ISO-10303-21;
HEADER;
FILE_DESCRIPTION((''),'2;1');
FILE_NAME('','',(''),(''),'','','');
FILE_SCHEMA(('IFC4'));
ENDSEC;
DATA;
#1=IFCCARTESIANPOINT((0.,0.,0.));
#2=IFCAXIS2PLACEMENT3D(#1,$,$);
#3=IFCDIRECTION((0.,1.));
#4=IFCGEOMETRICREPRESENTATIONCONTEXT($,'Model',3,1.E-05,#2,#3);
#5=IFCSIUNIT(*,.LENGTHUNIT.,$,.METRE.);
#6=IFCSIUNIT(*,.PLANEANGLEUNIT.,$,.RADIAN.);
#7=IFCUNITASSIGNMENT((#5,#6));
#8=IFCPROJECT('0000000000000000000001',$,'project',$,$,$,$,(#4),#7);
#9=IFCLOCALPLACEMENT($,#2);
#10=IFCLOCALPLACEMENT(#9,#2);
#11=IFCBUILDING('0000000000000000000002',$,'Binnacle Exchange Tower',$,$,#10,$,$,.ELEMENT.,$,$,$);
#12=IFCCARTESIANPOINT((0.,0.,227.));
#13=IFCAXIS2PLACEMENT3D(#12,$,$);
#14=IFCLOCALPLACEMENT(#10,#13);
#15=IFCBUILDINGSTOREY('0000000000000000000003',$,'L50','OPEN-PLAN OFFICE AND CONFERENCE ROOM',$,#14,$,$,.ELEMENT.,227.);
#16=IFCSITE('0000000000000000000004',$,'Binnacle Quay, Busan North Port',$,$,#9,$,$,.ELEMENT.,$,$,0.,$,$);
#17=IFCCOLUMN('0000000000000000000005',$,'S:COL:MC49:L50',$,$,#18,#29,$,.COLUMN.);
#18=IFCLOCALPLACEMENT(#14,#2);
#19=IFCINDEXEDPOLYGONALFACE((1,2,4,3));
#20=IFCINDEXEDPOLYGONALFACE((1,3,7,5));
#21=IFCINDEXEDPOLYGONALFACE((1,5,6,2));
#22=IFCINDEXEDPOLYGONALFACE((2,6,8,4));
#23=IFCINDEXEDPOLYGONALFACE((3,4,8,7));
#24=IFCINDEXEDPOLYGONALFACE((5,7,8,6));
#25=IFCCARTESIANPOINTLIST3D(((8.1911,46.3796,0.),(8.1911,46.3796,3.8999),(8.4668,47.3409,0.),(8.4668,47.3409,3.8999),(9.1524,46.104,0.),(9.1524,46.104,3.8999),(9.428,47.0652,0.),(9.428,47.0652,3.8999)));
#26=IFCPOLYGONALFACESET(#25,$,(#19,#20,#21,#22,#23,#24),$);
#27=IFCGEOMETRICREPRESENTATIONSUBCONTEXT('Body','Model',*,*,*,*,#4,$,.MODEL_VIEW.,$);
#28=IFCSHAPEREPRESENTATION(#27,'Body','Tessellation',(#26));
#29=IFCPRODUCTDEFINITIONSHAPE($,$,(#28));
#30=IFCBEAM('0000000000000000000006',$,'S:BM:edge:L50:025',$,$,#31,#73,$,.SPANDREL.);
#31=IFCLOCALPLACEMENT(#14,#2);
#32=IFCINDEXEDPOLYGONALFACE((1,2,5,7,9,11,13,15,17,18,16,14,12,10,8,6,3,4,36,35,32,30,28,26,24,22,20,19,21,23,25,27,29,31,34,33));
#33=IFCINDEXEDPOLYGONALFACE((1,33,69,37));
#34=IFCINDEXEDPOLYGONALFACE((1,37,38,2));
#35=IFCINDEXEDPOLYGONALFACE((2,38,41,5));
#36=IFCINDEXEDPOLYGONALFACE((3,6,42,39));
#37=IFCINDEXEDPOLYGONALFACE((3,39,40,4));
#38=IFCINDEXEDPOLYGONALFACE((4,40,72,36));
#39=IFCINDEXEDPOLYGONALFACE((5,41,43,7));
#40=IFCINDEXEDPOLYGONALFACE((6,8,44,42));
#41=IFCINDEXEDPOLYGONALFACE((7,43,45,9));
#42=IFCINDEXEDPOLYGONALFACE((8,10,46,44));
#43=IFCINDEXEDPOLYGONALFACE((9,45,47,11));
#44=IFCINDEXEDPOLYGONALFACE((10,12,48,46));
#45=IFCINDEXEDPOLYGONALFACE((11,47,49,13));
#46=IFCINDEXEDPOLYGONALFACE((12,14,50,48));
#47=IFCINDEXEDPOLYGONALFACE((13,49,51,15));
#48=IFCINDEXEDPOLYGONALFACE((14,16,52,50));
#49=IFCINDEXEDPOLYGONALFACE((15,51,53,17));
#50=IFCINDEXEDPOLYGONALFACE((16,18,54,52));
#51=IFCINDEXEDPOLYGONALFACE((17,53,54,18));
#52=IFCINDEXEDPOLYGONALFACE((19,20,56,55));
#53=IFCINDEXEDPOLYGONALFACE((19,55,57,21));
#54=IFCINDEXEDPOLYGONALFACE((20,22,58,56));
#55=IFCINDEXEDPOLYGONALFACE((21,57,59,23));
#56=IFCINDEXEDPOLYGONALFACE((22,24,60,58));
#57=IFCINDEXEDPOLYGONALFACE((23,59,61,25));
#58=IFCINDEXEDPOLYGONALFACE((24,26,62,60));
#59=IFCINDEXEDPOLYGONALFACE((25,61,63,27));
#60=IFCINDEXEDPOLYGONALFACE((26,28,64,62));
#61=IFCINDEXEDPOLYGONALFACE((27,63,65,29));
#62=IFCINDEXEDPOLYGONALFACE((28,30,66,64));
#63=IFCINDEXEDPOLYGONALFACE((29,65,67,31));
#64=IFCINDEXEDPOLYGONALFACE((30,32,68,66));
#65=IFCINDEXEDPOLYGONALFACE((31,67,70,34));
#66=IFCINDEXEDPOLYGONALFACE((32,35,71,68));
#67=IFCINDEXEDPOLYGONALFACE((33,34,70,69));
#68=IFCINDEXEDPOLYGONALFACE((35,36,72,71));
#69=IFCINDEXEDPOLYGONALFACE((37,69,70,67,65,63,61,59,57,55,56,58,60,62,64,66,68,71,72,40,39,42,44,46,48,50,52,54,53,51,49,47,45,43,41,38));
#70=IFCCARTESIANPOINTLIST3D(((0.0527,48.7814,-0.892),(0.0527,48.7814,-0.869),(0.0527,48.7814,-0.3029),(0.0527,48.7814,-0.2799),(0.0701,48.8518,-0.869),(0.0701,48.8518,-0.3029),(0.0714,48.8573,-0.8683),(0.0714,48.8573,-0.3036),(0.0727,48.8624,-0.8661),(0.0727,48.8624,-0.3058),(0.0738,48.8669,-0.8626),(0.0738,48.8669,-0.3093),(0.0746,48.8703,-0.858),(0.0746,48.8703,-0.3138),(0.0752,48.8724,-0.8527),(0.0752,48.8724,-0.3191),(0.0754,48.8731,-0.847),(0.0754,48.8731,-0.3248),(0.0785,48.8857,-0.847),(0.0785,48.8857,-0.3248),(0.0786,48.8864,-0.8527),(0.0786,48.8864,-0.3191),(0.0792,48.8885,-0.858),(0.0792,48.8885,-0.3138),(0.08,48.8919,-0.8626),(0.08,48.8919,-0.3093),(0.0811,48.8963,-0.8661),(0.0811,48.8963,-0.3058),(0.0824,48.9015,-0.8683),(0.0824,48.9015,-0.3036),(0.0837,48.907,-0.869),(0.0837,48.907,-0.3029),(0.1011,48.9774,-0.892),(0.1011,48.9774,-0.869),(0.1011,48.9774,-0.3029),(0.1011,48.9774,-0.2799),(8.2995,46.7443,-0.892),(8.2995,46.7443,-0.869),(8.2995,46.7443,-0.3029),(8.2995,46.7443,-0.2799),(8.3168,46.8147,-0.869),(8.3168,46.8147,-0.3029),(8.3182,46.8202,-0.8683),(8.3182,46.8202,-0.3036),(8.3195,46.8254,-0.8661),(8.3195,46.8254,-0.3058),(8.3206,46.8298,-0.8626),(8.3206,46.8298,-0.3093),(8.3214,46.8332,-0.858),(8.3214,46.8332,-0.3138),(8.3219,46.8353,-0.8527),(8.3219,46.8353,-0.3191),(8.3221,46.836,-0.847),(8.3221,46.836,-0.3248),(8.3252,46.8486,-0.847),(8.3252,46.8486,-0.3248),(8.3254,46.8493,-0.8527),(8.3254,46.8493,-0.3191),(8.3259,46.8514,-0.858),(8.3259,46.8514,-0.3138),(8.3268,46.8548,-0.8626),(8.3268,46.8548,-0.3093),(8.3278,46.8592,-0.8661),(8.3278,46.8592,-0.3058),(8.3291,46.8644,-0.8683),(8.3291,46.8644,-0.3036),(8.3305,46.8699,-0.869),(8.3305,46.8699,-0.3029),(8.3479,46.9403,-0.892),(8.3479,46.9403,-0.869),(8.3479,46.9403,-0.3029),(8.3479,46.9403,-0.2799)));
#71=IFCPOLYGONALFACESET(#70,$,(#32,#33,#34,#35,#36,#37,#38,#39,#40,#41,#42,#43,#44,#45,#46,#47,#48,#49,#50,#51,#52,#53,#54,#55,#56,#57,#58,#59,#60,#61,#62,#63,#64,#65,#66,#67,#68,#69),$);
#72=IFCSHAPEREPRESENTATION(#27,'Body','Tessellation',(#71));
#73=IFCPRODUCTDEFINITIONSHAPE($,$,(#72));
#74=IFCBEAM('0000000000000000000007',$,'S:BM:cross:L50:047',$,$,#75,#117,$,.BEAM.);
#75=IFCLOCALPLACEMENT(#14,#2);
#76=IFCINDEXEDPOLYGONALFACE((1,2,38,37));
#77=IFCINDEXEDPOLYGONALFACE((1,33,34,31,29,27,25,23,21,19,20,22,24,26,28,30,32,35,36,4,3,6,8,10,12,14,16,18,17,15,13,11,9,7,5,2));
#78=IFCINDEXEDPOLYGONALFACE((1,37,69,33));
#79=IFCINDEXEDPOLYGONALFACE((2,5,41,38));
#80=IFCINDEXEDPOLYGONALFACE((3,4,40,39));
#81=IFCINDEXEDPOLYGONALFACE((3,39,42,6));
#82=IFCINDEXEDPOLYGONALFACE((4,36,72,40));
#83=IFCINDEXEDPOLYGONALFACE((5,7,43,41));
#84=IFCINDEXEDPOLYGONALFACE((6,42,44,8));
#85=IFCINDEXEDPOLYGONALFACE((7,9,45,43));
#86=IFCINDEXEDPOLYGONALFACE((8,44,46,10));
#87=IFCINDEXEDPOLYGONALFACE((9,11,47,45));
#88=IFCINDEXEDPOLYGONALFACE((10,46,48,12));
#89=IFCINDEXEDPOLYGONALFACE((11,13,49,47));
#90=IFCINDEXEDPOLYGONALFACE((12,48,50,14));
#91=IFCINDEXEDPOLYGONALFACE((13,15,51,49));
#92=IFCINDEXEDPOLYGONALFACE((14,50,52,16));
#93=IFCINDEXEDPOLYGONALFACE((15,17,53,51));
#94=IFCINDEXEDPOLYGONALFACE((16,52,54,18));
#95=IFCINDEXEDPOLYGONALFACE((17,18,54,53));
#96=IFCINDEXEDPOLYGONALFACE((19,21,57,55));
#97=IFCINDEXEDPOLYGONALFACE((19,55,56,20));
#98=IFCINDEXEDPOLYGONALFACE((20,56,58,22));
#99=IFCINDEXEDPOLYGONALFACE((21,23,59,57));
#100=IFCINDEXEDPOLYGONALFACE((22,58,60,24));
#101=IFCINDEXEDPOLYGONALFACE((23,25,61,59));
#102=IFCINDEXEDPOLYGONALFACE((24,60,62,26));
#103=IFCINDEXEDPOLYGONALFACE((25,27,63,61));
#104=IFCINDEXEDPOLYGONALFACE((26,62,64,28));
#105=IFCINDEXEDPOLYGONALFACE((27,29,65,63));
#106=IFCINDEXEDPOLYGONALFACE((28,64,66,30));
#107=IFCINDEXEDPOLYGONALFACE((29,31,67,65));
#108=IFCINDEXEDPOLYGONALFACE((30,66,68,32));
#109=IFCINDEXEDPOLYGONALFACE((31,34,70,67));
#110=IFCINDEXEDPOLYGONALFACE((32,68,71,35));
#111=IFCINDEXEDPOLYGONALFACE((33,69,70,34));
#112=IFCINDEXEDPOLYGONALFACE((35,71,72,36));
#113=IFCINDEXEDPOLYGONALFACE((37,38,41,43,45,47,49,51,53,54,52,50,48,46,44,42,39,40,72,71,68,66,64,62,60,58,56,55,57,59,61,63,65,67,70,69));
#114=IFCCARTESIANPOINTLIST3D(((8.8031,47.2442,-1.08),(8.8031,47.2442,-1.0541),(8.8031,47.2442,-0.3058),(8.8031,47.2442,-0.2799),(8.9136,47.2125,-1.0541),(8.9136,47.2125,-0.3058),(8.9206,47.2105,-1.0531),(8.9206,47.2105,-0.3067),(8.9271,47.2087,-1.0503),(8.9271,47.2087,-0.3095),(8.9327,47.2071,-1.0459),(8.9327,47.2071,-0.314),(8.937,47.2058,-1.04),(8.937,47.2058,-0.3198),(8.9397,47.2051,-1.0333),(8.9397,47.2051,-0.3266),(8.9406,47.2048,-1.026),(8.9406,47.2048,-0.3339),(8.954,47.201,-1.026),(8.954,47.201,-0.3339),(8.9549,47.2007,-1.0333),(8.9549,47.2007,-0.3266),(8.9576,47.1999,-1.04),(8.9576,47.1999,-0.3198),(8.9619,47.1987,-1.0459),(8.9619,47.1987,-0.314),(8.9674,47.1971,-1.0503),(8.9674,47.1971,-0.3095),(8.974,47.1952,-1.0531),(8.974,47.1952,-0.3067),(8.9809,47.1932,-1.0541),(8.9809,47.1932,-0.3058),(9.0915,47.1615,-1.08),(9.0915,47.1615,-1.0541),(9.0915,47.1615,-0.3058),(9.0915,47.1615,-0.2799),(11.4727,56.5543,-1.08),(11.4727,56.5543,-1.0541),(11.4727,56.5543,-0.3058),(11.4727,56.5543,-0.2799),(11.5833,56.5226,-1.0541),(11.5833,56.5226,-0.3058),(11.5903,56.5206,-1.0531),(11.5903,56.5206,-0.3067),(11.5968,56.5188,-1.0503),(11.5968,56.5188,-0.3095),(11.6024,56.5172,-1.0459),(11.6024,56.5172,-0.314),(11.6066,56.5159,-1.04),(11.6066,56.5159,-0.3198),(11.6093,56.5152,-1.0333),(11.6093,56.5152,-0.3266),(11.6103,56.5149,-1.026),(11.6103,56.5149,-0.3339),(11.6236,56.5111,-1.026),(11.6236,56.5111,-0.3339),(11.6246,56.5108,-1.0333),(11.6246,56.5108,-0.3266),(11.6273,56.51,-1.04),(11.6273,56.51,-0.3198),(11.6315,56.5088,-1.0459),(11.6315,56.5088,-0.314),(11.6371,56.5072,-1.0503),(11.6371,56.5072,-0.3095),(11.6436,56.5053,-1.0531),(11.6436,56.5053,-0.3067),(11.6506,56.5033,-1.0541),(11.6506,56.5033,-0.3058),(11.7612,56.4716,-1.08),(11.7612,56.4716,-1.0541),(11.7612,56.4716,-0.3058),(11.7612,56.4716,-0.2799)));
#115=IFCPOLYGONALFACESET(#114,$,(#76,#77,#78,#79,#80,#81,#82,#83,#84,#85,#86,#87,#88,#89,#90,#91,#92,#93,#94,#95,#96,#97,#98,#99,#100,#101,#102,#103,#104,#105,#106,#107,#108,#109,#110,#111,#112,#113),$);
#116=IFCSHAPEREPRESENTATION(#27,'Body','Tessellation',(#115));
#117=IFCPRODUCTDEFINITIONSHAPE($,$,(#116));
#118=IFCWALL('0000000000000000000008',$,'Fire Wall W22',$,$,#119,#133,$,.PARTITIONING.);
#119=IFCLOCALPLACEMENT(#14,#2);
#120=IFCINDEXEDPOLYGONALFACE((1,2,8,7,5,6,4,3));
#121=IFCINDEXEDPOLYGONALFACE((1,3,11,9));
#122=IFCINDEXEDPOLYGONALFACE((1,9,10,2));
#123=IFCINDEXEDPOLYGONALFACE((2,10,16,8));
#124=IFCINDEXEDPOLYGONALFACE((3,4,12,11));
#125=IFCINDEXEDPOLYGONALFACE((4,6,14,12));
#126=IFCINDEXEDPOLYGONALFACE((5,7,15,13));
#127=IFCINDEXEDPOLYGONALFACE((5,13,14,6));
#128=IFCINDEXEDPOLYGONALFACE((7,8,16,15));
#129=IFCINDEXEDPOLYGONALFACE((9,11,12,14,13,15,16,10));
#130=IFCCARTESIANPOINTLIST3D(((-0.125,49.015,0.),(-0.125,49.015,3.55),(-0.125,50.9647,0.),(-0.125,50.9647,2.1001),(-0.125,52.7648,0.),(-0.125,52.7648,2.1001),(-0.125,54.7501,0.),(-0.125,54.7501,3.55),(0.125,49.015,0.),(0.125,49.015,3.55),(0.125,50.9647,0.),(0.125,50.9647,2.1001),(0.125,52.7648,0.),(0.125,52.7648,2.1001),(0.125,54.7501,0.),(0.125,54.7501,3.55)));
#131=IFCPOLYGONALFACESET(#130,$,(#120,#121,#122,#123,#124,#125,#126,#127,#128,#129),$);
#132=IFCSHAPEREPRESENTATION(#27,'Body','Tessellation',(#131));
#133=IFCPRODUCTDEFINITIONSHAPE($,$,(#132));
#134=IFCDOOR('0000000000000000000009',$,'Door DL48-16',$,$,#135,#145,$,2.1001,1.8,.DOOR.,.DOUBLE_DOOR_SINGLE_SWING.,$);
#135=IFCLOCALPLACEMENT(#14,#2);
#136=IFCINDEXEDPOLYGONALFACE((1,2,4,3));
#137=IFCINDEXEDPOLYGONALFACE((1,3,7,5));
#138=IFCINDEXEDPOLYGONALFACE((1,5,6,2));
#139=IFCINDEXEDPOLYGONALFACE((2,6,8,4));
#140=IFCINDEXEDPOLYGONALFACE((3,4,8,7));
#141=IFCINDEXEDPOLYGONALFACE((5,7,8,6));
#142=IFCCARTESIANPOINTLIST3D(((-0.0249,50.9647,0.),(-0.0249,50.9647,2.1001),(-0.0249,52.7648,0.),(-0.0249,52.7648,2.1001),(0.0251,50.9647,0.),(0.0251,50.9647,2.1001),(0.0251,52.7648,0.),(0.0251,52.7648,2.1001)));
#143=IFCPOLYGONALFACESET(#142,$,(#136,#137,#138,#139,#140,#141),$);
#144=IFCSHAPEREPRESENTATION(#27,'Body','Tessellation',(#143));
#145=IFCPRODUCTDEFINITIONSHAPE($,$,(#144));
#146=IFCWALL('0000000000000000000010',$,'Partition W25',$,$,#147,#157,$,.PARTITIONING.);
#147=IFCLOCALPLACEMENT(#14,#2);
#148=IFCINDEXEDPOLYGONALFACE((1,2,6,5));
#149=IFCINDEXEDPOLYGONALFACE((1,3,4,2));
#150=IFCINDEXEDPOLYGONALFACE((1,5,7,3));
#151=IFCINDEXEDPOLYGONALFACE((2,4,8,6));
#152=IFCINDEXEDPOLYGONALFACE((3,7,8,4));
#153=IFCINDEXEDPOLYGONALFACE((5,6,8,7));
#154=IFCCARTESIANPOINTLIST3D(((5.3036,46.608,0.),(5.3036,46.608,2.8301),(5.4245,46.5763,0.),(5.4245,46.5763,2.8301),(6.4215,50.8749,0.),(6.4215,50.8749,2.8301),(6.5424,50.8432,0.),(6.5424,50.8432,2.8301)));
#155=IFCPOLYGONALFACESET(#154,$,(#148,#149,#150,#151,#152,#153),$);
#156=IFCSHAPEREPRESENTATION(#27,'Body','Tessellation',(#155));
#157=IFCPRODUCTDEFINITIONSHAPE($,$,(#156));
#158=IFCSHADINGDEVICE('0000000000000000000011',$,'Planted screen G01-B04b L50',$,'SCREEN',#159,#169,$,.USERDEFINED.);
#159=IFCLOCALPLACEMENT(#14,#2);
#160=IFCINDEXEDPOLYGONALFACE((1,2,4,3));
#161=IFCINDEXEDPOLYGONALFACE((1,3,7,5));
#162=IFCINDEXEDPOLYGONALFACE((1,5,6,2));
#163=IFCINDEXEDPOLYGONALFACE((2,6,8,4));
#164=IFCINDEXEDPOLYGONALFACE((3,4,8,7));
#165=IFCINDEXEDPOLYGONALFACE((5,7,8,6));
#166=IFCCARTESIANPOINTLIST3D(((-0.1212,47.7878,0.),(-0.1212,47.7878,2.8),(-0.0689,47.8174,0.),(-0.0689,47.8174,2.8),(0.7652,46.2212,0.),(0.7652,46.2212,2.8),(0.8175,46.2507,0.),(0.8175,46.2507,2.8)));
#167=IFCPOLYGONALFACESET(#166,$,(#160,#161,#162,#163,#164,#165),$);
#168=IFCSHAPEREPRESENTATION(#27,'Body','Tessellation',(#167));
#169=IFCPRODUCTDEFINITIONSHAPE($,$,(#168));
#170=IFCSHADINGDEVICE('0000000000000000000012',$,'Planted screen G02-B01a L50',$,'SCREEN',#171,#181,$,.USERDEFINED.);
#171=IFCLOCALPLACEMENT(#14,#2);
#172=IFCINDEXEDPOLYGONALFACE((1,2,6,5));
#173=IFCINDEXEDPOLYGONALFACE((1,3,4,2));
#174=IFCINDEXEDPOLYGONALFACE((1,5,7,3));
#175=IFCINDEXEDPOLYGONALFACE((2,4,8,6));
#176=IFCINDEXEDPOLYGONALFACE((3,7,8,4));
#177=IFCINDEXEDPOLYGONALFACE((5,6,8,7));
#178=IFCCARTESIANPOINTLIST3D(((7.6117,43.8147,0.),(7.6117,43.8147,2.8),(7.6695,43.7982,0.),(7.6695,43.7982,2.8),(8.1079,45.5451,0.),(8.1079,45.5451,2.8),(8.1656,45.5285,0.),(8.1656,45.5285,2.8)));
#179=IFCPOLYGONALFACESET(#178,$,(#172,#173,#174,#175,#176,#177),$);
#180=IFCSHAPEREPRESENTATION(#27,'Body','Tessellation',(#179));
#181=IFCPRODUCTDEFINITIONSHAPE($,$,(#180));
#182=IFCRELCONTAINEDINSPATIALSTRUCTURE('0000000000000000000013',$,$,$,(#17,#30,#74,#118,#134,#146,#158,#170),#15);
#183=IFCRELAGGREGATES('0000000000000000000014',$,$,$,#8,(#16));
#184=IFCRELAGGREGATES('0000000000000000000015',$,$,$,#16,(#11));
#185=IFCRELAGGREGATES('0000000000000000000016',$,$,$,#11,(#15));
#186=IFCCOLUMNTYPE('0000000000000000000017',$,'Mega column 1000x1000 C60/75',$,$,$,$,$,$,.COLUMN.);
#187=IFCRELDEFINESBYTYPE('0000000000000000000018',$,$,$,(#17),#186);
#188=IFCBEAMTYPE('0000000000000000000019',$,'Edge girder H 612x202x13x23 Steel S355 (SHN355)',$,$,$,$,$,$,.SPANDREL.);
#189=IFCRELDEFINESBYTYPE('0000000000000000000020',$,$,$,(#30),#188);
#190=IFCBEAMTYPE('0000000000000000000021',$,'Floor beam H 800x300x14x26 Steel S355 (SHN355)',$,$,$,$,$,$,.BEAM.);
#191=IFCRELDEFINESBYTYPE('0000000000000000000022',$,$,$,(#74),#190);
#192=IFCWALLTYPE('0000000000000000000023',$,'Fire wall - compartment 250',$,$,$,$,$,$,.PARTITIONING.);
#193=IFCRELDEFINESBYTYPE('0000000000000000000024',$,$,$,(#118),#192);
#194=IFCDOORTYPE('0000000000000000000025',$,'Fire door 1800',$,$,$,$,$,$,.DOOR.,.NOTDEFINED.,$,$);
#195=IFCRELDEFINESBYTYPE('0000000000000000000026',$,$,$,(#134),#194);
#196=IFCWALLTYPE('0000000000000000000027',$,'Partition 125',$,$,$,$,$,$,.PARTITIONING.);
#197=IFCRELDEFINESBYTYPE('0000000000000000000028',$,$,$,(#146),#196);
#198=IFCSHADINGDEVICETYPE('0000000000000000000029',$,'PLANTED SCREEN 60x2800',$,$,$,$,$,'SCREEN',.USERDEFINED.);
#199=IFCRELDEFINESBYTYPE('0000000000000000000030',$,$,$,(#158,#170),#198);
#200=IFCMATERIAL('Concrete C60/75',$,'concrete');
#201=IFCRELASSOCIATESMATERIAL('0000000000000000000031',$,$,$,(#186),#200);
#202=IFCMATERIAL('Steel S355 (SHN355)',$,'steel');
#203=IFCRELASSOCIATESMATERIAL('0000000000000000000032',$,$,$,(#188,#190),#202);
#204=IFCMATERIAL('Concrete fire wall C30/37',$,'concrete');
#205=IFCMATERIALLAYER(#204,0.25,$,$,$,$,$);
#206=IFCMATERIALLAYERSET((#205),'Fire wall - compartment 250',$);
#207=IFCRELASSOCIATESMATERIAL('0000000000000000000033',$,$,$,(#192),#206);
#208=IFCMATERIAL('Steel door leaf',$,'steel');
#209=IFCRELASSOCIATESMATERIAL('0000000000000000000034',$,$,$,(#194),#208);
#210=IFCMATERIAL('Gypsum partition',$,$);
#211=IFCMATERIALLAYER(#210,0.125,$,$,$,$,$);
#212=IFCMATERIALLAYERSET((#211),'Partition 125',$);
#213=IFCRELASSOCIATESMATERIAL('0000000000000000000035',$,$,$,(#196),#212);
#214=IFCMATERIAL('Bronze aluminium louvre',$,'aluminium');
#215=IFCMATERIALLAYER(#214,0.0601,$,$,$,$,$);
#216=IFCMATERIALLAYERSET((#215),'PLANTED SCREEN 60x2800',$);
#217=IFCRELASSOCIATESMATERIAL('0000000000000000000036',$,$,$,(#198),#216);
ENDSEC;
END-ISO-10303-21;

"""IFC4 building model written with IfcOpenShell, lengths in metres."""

from ifc_helpers import new_model, si_unit, direction, frame, frame_2d, origin, origin_2d, place, context, subcontext, project, spatial, rectangle, i_section, extrude, material, layer, layer_set, material_profile, profile_set, type_object, element, fill, save


model = new_model("IFC4")

# Units and contexts
model_context = context("Model", 3, precision=1e-05, world=origin(), true_north=direction((0.0, 1.0)))
body_context = subcontext(model_context, "Body", "Model", "MODEL_VIEW")
ifc_project = project(units=[si_unit("LENGTHUNIT", "METRE"), si_unit("PLANEANGLEUNIT", "RADIAN")], contexts=[model_context])

# Site, building, storey
site_placement = place(None, origin())
site = spatial("IfcSite", under=ifc_project, at=site_placement, Name="Binnacle Quay, Busan North Port", CompositionType="ELEMENT", RefElevation=0.0)
building_placement = place(site_placement, origin())
building = spatial("IfcBuilding", under=site, at=building_placement, Name="Binnacle Exchange Tower", CompositionType="ELEMENT")
storey_placement = place(building_placement, frame((0.0, 0.0, 227.0)))
storey = spatial("IfcBuildingStorey", under=building, at=storey_placement, Name="L50", Description="OPEN-PLAN OFFICE AND CONFERENCE ROOM", CompositionType="ELEMENT", Elevation=227.0)

# Column
ifc_material_1 = material(Name="Concrete C60/75", Category="concrete")
ifc_material_profile_1 = material_profile(ifc_material_1, rectangle(XDim=1.0, YDim=1.0, at=origin_2d()), Name="Mega column 1000x1000 C60/75")
ifc_profile_set_1 = profile_set([ifc_material_profile_1], Name="Concrete C60/75")
column_type = type_object("IfcColumnType", Name="Mega column 1000x1000 C60/75", PredefinedType="COLUMN", material=ifc_profile_set_1)
column_placement = place(storey_placement, frame((8.8096, 46.7224, 0.0), z_axis=(0.0, 0.0, 1.0), x_axis=(0.961262, -0.275637, 0.0)))
element("IfcColumn", 1, at=column_placement, inside=storey, type_object=column_type, Name="S:COL:MC49:L50", PredefinedType="COLUMN", context=body_context, shape_type="SweptSolid", body=[
    extrude(rectangle(XDim=1.0, YDim=1.0, at=origin_2d()), origin(), (0.0, 0.0, 1.0), 3.8999),
])

# Beams
ifc_material_2 = material(Name="Steel S355 (SHN355)", Category="steel")
ifc_material_profile_2 = material_profile(ifc_material_2, i_section(OverallWidth=0.2019, OverallDepth=0.6121, WebThickness=0.0129, FlangeThickness=0.0229, FilletRadius=0.022, at=origin_2d()), Name="H 612x202x13x23")
ifc_profile_set_2 = profile_set([ifc_material_profile_2], Name="Steel S355 (SHN355)")
beam_type_1 = type_object("IfcBeamType", Name="Edge girder H 612x202x13x23 Steel S355 (SHN355)", PredefinedType="SPANDREL", material=ifc_profile_set_2)
beam_1_placement = place(storey_placement, frame((0.0769, 48.8794, -0.5859), z_axis=(0.97082, -0.239809, 0.0), x_axis=(0.239809, 0.97082, 0.0)))
element("IfcBeam", 2, at=beam_1_placement, inside=storey, type_object=beam_type_1, Name="S:BM:edge:L50:025", PredefinedType="SPANDREL", context=body_context, shape_type="SweptSolid", body=[
    extrude(i_section(OverallWidth=0.2019, OverallDepth=0.6121, WebThickness=0.0129, FlangeThickness=0.0229, FilletRadius=0.022, at=origin_2d()), origin(), (0.0, 0.0, 1.0), 8.4946),
])
ifc_material_profile_3 = material_profile(ifc_material_2, i_section(OverallWidth=0.3, OverallDepth=0.8, WebThickness=0.0139, FlangeThickness=0.0259, FilletRadius=0.0281, at=origin_2d()), Name="H 800x300x14x26")
ifc_profile_set_3 = profile_set([ifc_material_profile_3], Name="Steel S355 (SHN355)")
beam_type_2 = type_object("IfcBeamType", Name="Floor beam H 800x300x14x26 Steel S355 (SHN355)", PredefinedType="BEAM", material=ifc_profile_set_3)
beam_2_placement = place(storey_placement, frame((8.9473, 47.2029, -0.6799), z_axis=(0.275643, 0.96126, 0.0), x_axis=(-0.96126, 0.275643, 0.0)))
element("IfcBeam", 3, at=beam_2_placement, inside=storey, type_object=beam_type_2, Name="S:BM:cross:L50:047", PredefinedType="BEAM", context=body_context, shape_type="SweptSolid", body=[
    extrude(i_section(OverallWidth=0.3, OverallDepth=0.8, WebThickness=0.0139, FlangeThickness=0.0259, FilletRadius=0.0281, at=origin_2d()), origin(), (0.0, 0.0, 1.0), 9.6853),
])

# Wall, opening, door
ifc_material_3 = material(Name="Concrete fire wall C30/37", Category="concrete")
ifc_layer_1 = layer(ifc_material_3, 0.25)
ifc_layer_set_1 = layer_set([ifc_layer_1], Name="Fire wall - compartment 250")
wall_type_1 = type_object("IfcWallType", Name="Fire wall - compartment 250", PredefinedType="PARTITIONING", material=ifc_layer_set_1)
wall_1_placement = place(storey_placement, frame((0.0, 49.0149, 0.0), z_axis=(0.0, 0.0, 1.0), x_axis=(0.0, 1.0, 0.0)))
wall_1 = element("IfcWall", 4, at=wall_1_placement, inside=storey, type_object=wall_type_1, Name="Fire Wall W22", PredefinedType="PARTITIONING", context=body_context, shape_type="SweptSolid", body=[
    extrude(rectangle(XDim=5.7351, YDim=0.25, at=frame_2d((2.8677, 0.0))), origin(), (0.0, 0.0, 1.0), 3.55),
])
opening_placement = place(wall_1_placement, frame((1.95, 0.0, 0.0)))
opening = element("IfcOpeningElement", 5, at=opening_placement, cuts=wall_1, PredefinedType="OPENING", context=body_context, shape_type="SweptSolid", body=[
    extrude(rectangle(XDim=1.8, YDim=2.1001, at=frame_2d((0.8999, 1.05))), frame((0.0, 0.135, 0.0), z_axis=(0.0, -1.0, 0.0), x_axis=(1.0, 0.0, 0.0)), (0.0, 0.0, 1.0), 0.27),
])
ifc_material_4 = material(Name="Steel door leaf", Category="steel")
door_type = type_object("IfcDoorType", Name="Fire door 1800", OperationType="NOTDEFINED", PredefinedType="DOOR", material=ifc_material_4)
door_placement = place(opening_placement, origin())
door = element("IfcDoor", 6, at=door_placement, inside=storey, type_object=door_type, Name="Door DL48-16", OperationType="DOUBLE_DOOR_SINGLE_SWING", OverallHeight=2.1001, OverallWidth=1.8, PredefinedType="DOOR", context=body_context, shape_type="SweptSolid", body=[
    extrude(rectangle(XDim=1.8, YDim=2.1001, at=frame_2d((0.8999, 1.05))), frame((0.0, 0.0249, 0.0), z_axis=(0.0, -1.0, 0.0), x_axis=(1.0, 0.0, 0.0)), (0.0, 0.0, 1.0), 0.05),
])
fill(opening, door)

# Wall
ifc_material_5 = material(Name="Gypsum partition")
ifc_layer_2 = layer(ifc_material_5, 0.125)
ifc_layer_set_2 = layer_set([ifc_layer_2], Name="Partition 125")
wall_type_2 = type_object("IfcWallType", Name="Partition 125", PredefinedType="PARTITIONING", material=ifc_layer_set_2)
wall_2_placement = place(storey_placement, frame((5.364, 46.592, 0.0), z_axis=(0.0, 0.0, 1.0), x_axis=(0.253447, 0.967349, 0.0)))
element("IfcWall", 7, at=wall_2_placement, inside=storey, type_object=wall_type_2, Name="Partition W25", PredefinedType="PARTITIONING", context=body_context, shape_type="SweptSolid", body=[
    extrude(rectangle(XDim=4.4109, YDim=0.125, at=frame_2d((2.2056, 0.0))), origin(), (0.0, 0.0, 1.0), 2.8301),
])

# Shading devices
ifc_material_6 = material(Name="Bronze aluminium louvre", Category="aluminium")
ifc_layer_3 = layer(ifc_material_6, 0.0601)
ifc_layer_set_3 = layer_set([ifc_layer_3], Name="PLANTED SCREEN 60x2800")
shading_device_type = type_object("IfcShadingDeviceType", Name="PLANTED SCREEN 60x2800", ElementType="SCREEN", PredefinedType="USERDEFINED", material=ifc_layer_set_3)
for number, where, z_axis, x_axis, name in (
    (8, (0.3481, 47.0193, 0.0), (0.0, 0.0, 1.0), (0.870356, 0.492424, 0.0), "Planted screen G01-B04b L50"),
    (9, (7.8887, 44.6716, 0.0), (0.0, 0.0, 1.0), (0.961262, -0.275637, 0.0), "Planted screen G02-B01a L50"),
):
    element("IfcShadingDevice", number, at=place(storey_placement, frame(where, z_axis=z_axis, x_axis=x_axis)), inside=storey, type_object=shading_device_type, Name=name, ObjectType="SCREEN", PredefinedType="USERDEFINED", context=body_context, shape_type="SweptSolid", body=[
        extrude(rectangle(XDim=0.0601, YDim=1.8, at=origin_2d()), origin(), (0.0, 0.0, 1.0), 2.8),
    ])

save(model, "model.ifc")
